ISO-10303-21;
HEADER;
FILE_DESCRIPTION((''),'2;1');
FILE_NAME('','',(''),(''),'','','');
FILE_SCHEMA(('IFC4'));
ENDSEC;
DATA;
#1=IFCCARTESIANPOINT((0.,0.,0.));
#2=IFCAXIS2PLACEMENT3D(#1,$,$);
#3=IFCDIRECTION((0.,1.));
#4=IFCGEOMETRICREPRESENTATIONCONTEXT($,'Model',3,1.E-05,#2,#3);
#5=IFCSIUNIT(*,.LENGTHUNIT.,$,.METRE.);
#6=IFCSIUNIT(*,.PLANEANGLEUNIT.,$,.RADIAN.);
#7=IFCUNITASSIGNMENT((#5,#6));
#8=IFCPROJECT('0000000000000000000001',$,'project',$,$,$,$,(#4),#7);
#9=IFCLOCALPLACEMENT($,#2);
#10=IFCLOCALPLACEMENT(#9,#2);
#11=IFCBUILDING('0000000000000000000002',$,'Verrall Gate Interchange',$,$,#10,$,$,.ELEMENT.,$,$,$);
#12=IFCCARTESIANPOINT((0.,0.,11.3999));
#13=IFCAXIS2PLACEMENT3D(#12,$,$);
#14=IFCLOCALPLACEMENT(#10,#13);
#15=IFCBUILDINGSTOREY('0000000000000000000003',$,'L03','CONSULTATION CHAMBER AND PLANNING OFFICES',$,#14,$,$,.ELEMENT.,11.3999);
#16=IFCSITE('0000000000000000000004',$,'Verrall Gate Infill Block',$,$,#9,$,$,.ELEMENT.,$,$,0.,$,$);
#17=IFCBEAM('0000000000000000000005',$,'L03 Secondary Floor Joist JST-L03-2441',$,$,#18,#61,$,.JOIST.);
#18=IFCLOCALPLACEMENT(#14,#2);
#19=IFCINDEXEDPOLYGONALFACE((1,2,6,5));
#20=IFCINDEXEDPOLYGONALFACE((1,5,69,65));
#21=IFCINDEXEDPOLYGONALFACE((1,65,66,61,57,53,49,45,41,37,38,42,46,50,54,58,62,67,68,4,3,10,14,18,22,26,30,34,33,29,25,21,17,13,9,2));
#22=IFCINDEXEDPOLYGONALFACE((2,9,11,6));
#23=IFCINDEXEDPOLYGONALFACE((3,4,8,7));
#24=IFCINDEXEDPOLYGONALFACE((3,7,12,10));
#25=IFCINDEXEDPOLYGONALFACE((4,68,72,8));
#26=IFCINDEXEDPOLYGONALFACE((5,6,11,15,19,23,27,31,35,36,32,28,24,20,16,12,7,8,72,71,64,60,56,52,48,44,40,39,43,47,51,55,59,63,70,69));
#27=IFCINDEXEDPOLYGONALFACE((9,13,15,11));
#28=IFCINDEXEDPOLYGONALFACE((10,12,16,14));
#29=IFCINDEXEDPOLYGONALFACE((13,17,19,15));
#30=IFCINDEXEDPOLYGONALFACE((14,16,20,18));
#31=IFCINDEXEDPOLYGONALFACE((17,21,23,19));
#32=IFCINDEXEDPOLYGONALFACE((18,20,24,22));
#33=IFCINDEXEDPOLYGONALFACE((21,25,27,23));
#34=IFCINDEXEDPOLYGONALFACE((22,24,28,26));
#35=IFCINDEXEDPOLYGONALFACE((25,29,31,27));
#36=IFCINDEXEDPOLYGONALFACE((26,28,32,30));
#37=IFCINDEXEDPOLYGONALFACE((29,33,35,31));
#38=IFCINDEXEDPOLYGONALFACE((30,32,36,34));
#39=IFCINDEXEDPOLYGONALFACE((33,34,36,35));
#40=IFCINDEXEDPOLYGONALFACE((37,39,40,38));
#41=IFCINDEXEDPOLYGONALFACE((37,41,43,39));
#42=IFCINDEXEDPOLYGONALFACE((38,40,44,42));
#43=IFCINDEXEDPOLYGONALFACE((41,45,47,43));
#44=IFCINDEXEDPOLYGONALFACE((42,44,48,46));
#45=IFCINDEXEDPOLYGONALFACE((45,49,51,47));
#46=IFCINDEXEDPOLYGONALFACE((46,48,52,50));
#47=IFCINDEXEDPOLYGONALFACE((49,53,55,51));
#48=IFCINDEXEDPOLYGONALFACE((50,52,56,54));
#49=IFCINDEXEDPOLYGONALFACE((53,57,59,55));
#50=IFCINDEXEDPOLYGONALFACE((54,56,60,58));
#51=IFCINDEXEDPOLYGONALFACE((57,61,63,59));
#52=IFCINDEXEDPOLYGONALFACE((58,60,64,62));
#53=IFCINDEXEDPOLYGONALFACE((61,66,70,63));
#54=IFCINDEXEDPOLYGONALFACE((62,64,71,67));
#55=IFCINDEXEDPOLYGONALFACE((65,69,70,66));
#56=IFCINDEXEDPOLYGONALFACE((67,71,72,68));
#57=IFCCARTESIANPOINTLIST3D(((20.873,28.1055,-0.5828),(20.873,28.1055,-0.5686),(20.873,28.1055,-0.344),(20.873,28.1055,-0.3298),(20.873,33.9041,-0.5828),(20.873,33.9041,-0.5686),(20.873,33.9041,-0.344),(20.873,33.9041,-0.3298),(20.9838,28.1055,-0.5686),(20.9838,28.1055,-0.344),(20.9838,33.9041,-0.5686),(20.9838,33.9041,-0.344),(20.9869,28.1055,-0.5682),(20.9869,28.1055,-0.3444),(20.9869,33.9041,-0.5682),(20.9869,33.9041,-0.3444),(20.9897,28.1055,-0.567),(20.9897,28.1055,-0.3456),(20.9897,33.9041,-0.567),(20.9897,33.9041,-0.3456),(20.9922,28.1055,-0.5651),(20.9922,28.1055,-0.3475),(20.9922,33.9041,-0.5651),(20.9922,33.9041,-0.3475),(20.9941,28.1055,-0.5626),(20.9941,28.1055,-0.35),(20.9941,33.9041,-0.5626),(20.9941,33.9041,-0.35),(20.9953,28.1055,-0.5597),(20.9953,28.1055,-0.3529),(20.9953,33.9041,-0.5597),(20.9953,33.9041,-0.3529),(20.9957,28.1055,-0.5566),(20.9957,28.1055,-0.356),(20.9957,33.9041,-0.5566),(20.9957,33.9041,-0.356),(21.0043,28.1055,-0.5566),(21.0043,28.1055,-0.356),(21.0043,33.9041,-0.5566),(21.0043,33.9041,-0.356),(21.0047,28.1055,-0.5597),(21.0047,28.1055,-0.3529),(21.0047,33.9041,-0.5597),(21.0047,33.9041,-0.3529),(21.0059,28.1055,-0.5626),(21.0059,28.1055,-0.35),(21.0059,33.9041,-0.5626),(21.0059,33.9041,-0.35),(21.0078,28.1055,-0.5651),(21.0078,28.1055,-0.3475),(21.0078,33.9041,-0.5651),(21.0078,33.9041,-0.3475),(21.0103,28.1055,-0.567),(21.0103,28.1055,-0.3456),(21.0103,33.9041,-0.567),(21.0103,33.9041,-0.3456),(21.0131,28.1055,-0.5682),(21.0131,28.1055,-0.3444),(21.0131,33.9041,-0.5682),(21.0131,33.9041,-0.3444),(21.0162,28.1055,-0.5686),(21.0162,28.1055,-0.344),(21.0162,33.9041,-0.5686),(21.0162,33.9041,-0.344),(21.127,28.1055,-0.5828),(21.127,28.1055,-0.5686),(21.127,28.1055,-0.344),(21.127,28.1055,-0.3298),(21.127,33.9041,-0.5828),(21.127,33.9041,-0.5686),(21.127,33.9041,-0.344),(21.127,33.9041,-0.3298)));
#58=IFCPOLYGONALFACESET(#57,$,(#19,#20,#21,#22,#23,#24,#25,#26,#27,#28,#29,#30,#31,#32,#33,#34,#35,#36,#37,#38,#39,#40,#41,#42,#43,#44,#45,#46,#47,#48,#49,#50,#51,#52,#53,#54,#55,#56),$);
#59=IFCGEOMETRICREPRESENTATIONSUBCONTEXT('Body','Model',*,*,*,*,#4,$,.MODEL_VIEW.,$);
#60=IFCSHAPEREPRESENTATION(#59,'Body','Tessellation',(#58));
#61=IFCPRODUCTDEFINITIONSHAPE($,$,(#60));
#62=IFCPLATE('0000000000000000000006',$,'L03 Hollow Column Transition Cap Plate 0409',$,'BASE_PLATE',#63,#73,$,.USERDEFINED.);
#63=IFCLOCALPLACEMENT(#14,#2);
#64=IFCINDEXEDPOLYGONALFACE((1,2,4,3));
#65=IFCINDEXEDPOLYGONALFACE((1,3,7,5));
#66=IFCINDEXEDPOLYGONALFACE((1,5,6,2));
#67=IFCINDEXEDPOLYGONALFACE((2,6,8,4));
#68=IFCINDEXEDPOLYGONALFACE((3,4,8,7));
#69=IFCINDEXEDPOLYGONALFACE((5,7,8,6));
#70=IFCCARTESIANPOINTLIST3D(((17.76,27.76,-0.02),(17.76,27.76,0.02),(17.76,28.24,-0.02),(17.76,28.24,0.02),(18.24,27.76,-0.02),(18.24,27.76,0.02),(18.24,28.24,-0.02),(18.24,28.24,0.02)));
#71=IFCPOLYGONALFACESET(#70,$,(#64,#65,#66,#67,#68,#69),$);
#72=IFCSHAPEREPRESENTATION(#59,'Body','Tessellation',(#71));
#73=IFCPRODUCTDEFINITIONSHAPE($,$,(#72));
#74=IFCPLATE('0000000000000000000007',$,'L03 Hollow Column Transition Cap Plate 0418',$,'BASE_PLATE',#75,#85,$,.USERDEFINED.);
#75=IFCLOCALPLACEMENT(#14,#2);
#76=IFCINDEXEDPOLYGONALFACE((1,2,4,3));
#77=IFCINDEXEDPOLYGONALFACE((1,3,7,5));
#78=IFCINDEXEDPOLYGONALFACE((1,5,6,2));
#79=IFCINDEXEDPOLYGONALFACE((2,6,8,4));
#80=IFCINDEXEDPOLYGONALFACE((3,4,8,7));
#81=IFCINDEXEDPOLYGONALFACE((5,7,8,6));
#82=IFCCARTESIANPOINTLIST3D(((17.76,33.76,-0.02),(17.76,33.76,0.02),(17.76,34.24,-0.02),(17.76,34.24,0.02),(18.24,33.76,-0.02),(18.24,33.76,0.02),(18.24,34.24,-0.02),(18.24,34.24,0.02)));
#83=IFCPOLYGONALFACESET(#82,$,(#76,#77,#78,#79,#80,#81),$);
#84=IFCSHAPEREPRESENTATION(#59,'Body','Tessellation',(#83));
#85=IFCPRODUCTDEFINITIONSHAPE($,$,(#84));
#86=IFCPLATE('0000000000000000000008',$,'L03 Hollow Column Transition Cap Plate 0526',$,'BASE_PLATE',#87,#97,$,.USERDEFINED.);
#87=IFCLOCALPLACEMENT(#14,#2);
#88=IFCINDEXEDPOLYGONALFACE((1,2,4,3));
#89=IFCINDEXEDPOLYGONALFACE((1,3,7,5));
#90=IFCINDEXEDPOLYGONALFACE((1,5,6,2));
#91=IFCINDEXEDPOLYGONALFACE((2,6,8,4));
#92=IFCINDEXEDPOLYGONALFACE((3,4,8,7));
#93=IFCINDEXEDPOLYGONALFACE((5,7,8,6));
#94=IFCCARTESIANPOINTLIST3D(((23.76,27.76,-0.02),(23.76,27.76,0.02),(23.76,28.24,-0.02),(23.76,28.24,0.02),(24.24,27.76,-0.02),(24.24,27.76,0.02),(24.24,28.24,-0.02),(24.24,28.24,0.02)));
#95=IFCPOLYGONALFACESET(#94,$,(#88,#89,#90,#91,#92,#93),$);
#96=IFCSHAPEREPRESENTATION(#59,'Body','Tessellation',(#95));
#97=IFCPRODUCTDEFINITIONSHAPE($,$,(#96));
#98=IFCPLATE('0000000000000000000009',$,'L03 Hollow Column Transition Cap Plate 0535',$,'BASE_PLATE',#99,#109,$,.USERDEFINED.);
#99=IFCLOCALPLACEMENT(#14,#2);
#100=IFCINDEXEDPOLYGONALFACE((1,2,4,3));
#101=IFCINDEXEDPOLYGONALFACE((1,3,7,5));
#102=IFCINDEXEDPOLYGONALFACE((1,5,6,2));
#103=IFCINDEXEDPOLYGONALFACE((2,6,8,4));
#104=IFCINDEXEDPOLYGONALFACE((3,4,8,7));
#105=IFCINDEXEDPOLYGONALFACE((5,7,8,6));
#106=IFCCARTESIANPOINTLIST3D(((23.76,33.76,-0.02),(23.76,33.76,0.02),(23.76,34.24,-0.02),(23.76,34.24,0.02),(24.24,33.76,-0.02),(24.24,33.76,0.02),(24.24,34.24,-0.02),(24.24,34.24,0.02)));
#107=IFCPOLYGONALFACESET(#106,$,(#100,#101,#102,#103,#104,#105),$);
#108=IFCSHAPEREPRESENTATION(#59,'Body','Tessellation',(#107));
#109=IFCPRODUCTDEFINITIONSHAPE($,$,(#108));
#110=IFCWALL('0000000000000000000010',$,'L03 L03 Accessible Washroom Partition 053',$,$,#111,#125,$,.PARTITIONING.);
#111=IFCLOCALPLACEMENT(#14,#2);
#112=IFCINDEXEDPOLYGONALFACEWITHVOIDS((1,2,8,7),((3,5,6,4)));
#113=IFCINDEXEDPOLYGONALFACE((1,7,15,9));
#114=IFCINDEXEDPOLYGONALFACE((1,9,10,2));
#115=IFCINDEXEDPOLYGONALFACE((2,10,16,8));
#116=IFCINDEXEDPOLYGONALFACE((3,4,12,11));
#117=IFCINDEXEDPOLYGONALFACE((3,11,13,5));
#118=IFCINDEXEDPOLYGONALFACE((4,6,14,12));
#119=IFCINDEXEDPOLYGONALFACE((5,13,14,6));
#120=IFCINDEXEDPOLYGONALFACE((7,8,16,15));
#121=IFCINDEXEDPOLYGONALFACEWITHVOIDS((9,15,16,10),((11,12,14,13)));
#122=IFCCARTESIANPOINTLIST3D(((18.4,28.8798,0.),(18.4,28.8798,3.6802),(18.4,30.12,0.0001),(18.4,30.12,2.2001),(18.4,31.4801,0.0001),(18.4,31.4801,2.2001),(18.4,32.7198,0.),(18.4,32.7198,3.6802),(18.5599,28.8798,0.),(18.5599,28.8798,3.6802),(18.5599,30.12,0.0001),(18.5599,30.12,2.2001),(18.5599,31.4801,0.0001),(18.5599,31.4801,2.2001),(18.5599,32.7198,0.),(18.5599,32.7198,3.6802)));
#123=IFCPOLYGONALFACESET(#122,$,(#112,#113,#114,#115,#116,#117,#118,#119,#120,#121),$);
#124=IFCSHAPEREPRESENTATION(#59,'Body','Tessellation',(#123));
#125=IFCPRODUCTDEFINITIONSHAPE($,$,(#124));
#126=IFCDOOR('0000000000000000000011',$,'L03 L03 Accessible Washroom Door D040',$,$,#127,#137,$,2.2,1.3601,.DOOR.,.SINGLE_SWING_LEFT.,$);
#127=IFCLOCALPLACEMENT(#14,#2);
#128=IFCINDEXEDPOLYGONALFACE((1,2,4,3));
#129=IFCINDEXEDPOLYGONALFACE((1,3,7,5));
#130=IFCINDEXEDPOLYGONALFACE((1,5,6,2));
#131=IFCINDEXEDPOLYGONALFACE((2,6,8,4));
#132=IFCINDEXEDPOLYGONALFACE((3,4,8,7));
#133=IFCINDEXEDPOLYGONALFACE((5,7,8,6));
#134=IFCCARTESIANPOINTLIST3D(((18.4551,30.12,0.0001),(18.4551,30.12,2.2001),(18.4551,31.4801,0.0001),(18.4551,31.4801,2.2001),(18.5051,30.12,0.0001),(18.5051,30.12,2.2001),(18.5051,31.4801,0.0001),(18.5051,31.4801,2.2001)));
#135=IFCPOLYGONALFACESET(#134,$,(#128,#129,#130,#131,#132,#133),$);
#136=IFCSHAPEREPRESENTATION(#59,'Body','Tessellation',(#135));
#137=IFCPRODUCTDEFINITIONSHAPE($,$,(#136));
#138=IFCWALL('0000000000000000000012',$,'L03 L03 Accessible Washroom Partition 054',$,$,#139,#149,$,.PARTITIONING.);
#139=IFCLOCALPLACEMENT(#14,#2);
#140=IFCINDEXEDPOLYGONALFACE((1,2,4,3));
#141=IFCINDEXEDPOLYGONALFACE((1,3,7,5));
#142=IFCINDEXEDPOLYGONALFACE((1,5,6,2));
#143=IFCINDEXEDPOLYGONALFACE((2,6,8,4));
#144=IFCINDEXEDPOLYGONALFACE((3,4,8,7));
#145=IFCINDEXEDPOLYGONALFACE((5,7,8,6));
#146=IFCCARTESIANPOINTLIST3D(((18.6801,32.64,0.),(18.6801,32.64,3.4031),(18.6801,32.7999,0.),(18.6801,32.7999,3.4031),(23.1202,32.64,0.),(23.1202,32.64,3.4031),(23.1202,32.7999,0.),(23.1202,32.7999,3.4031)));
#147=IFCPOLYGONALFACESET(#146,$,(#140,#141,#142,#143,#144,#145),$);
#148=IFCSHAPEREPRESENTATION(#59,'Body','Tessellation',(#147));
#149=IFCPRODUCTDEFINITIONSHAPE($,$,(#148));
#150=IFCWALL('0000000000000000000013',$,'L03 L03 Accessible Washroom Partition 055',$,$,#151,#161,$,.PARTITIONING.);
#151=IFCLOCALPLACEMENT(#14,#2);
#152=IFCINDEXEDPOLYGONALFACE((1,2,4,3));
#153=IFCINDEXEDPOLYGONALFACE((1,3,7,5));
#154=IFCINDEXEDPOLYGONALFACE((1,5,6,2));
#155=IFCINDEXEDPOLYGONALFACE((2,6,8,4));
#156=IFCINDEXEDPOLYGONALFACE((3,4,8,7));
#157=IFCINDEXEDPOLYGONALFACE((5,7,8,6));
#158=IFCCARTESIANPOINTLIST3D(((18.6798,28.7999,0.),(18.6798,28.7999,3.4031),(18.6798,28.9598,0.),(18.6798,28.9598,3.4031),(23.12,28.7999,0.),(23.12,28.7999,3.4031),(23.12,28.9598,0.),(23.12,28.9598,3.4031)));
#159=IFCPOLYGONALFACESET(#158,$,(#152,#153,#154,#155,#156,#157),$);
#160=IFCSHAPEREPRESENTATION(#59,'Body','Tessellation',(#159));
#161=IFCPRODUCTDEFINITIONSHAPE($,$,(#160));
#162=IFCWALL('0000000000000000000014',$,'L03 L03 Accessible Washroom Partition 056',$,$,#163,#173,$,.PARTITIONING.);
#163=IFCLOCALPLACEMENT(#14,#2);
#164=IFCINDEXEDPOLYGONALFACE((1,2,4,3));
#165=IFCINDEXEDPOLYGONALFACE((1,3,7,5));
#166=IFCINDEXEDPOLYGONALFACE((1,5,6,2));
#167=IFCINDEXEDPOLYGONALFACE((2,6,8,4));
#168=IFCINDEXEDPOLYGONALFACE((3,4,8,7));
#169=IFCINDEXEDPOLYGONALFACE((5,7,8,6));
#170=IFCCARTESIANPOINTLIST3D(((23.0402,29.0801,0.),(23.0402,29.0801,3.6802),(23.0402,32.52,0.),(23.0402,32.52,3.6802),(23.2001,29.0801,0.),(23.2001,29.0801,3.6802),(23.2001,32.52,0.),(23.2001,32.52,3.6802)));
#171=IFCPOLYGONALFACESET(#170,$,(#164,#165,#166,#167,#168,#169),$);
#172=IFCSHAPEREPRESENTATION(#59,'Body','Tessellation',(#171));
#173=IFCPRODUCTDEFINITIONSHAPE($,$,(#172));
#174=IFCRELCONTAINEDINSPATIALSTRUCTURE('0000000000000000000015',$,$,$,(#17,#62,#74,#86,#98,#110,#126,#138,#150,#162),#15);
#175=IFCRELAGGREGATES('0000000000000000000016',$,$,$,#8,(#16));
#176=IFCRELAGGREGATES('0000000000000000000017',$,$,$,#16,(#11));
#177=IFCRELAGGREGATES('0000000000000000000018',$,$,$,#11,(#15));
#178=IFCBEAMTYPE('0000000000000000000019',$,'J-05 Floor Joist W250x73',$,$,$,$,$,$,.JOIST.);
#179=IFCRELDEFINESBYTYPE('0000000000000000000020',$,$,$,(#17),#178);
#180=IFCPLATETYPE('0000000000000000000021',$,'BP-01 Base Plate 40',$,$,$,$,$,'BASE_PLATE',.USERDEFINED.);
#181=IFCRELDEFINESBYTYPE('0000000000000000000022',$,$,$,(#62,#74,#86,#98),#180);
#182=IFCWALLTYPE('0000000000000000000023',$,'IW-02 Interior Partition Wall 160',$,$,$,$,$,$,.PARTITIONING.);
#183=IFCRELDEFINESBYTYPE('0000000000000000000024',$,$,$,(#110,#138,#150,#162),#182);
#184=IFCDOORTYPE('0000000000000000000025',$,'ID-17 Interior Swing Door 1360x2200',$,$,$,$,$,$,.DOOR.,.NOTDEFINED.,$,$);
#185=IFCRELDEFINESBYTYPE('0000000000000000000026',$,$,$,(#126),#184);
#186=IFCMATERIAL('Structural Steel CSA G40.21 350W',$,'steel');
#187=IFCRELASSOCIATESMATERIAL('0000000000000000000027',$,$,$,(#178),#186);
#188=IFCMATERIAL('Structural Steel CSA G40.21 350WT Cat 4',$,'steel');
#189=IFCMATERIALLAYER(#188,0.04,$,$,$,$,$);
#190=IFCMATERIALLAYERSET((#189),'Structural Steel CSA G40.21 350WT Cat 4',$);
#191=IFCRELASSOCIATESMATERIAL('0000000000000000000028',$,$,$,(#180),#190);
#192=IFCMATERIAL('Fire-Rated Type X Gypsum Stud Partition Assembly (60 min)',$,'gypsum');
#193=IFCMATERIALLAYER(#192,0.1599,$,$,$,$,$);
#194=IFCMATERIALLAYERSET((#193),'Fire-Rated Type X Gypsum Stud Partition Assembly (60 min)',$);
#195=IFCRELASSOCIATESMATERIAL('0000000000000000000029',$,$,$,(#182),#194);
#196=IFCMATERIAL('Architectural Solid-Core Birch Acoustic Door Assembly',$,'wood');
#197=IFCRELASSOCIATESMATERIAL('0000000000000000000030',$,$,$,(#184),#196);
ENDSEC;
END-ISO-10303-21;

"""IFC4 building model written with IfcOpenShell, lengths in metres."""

from ifc_helpers import new_model, si_unit, direction, frame, frame_2d, origin, origin_2d, place, context, subcontext, project, spatial, rectangle, i_section, extrude, material, layer, layer_set, material_profile, profile_set, type_object, element, fill, save


model = new_model("IFC4")

# Units and contexts
model_context = context("Model", 3, precision=1e-05, world=origin(), true_north=direction((0.0, 1.0)))
body_context = subcontext(model_context, "Body", "Model", "MODEL_VIEW")
ifc_project = project(units=[si_unit("LENGTHUNIT", "METRE"), si_unit("PLANEANGLEUNIT", "RADIAN")], contexts=[model_context])

# Site, building, storey
site_placement = place(None, origin())
site = spatial("IfcSite", under=ifc_project, at=site_placement, Name="Verrall Gate Infill Block", CompositionType="ELEMENT", RefElevation=0.0)
building_placement = place(site_placement, origin())
building = spatial("IfcBuilding", under=site, at=building_placement, Name="Verrall Gate Interchange", CompositionType="ELEMENT")
storey_placement = place(building_placement, frame((0.0, 0.0, 11.3999)))
storey = spatial("IfcBuildingStorey", under=building, at=storey_placement, Name="L03", Description="CONSULTATION CHAMBER AND PLANNING OFFICES", CompositionType="ELEMENT", Elevation=11.3999)

# Beam
ifc_material_1 = material(Name="Structural Steel CSA G40.21 350W", Category="steel")
ifc_material_profile_1 = material_profile(ifc_material_1, i_section(OverallWidth=0.2539, OverallDepth=0.2529, WebThickness=0.0085, FlangeThickness=0.0142, FilletRadius=0.012, at=origin_2d()), Name="W250x73")
ifc_profile_set_1 = profile_set([ifc_material_profile_1], Name="Structural Steel CSA G40.21 350W")
beam_type_1 = type_object("IfcBeamType", Name="J-05 Floor Joist W250x73", PredefinedType="JOIST", material=ifc_profile_set_1)
beam_placement = place(storey_placement, frame((21.0, 28.1055, -0.4563), z_axis=(0.0, 1.0, 0.0), x_axis=(-1.0, 0.0, 0.0)))
element("IfcBeam", 1, at=beam_placement, inside=storey, type_object=beam_type_1, Name="L03 Secondary Floor Joist JST-L03-2441", PredefinedType="JOIST", context=body_context, shape_type="SweptSolid", body=[
    extrude(i_section(OverallWidth=0.2539, OverallDepth=0.2529, WebThickness=0.0085, FlangeThickness=0.0142, FilletRadius=0.012, at=origin_2d()), origin(), (0.0, 0.0, 1.0), 5.7986),
])

# Plates
ifc_material_2 = material(Name="Structural Steel CSA G40.21 350WT Cat 4", Category="steel")
ifc_layer_1 = layer(ifc_material_2, 0.04)
ifc_layer_set_1 = layer_set([ifc_layer_1], Name="Structural Steel CSA G40.21 350WT Cat 4")
plate_type = type_object("IfcPlateType", Name="BP-01 Base Plate 40", ElementType="BASE_PLATE", PredefinedType="USERDEFINED", material=ifc_layer_set_1)
for number, where, z_axis, x_axis, name in (
    (2, (18.0, 28.0, -0.02), (0.0, 0.0, 1.0), (1.0, 0.0, 0.0), "L03 Hollow Column Transition Cap Plate 0409"),
    (3, (18.0, 34.0, -0.02), (0.0, 0.0, 1.0), (1.0, 0.0, 0.0), "L03 Hollow Column Transition Cap Plate 0418"),
    (4, (24.0, 28.0, -0.02), (0.0, 0.0, 1.0), (1.0, 0.0, 0.0), "L03 Hollow Column Transition Cap Plate 0526"),
    (5, (24.0, 34.0, -0.02), (0.0, 0.0, 1.0), (1.0, 0.0, 0.0), "L03 Hollow Column Transition Cap Plate 0535"),
):
    element("IfcPlate", number, at=place(storey_placement, frame(where, z_axis=z_axis, x_axis=x_axis)), inside=storey, type_object=plate_type, Name=name, ObjectType="BASE_PLATE", PredefinedType="USERDEFINED", context=body_context, shape_type="SweptSolid", body=[
        extrude(rectangle(XDim=0.48, YDim=0.48, at=origin_2d()), origin(), (0.0, 0.0, 1.0), 0.04),
    ])

# Wall, opening, door
ifc_material_3 = material(Name="Fire-Rated Type X Gypsum Stud Partition Assembly (60 min)", Category="gypsum")
ifc_layer_2 = layer(ifc_material_3, 0.1599)
ifc_layer_set_2 = layer_set([ifc_layer_2], Name="Fire-Rated Type X Gypsum Stud Partition Assembly (60 min)")
wall_type_1 = type_object("IfcWallType", Name="IW-02 Interior Partition Wall 160", PredefinedType="PARTITIONING", material=ifc_layer_set_2)
wall_1_placement = place(storey_placement, frame((18.48, 28.8799, 0.0), z_axis=(0.0, 0.0, 1.0), x_axis=(0.0, 1.0, 0.0)))
wall_1 = element("IfcWall", 6, at=wall_1_placement, inside=storey, type_object=wall_type_1, Name="L03 L03 Accessible Washroom Partition 053", PredefinedType="PARTITIONING", context=body_context, shape_type="SweptSolid", body=[
    extrude(rectangle(XDim=3.8401, YDim=0.1599, at=frame_2d((1.9199, 0.0))), origin(), (0.0, 0.0, 1.0), 3.6802),
])
opening_1_placement = place(wall_1_placement, frame((1.24, 0.0, 0.0)))
opening_1 = element("IfcOpeningElement", 7, at=opening_1_placement, cuts=wall_1, PredefinedType="OPENING", context=body_context, shape_type="SweptSolid", body=[
    extrude(rectangle(XDim=1.3601, YDim=2.2, at=frame_2d((0.6802, 1.1001))), frame((0.0, 0.0947, 0.0), z_axis=(0.0, -1.0, 0.0), x_axis=(1.0, 0.0, 0.0)), (0.0, 0.0, 1.0), 0.1897),
])
ifc_material_4 = material(Name="Architectural Solid-Core Birch Acoustic Door Assembly", Category="wood")
door_type_1 = type_object("IfcDoorType", Name="ID-17 Interior Swing Door 1360x2200", OperationType="NOTDEFINED", PredefinedType="DOOR", material=ifc_material_4)
door_1_placement = place(opening_1_placement, origin())
door_1 = element("IfcDoor", 8, at=door_1_placement, inside=storey, type_object=door_type_1, Name="L03 L03 Accessible Washroom Door D040", OperationType="SINGLE_SWING_LEFT", OverallHeight=2.2, OverallWidth=1.3601, PredefinedType="DOOR", context=body_context, shape_type="SweptSolid", body=[
    extrude(rectangle(XDim=1.3601, YDim=2.2, at=frame_2d((0.6802, 1.1001))), frame((0.0, 0.0249, 0.0), z_axis=(0.0, -1.0, 0.0), x_axis=(1.0, 0.0, 0.0)), (0.0, 0.0, 1.0), 0.05),
])
fill(opening_1, door_1)

# Walls
for number, where, z_axis, x_axis, name in (
    (9, (18.6799, 32.72, 0.0), (0.0, 0.0, 1.0), (1.0, 0.0, 0.0), "L03 L03 Accessible Washroom Partition 054"),
    (10, (23.1201, 28.8799, 0.0), (0.0, 0.0, 1.0), (-1.0, 0.0, 0.0), "L03 L03 Accessible Washroom Partition 055"),
):
    element("IfcWall", number, at=place(storey_placement, frame(where, z_axis=z_axis, x_axis=x_axis)), inside=storey, type_object=wall_type_1, Name=name, PredefinedType="PARTITIONING", context=body_context, shape_type="SweptSolid", body=[
        extrude(rectangle(XDim=4.4402, YDim=0.1599, at=frame_2d((2.2202, 0.0))), origin(), (0.0, 0.0, 1.0), 3.4031),
    ])
wall_2_placement = place(storey_placement, frame((23.1201, 32.52, 0.0), z_axis=(0.0, 0.0, 1.0), x_axis=(0.0, -1.0, 0.0)))
element("IfcWall", 11, at=wall_2_placement, inside=storey, type_object=wall_type_1, Name="L03 L03 Accessible Washroom Partition 056", PredefinedType="PARTITIONING", context=body_context, shape_type="SweptSolid", body=[
    extrude(rectangle(XDim=3.4399, YDim=0.1599, at=frame_2d((1.72, 0.0))), origin(), (0.0, 0.0, 1.0), 3.6802),
])

save(model, "model.ifc")
